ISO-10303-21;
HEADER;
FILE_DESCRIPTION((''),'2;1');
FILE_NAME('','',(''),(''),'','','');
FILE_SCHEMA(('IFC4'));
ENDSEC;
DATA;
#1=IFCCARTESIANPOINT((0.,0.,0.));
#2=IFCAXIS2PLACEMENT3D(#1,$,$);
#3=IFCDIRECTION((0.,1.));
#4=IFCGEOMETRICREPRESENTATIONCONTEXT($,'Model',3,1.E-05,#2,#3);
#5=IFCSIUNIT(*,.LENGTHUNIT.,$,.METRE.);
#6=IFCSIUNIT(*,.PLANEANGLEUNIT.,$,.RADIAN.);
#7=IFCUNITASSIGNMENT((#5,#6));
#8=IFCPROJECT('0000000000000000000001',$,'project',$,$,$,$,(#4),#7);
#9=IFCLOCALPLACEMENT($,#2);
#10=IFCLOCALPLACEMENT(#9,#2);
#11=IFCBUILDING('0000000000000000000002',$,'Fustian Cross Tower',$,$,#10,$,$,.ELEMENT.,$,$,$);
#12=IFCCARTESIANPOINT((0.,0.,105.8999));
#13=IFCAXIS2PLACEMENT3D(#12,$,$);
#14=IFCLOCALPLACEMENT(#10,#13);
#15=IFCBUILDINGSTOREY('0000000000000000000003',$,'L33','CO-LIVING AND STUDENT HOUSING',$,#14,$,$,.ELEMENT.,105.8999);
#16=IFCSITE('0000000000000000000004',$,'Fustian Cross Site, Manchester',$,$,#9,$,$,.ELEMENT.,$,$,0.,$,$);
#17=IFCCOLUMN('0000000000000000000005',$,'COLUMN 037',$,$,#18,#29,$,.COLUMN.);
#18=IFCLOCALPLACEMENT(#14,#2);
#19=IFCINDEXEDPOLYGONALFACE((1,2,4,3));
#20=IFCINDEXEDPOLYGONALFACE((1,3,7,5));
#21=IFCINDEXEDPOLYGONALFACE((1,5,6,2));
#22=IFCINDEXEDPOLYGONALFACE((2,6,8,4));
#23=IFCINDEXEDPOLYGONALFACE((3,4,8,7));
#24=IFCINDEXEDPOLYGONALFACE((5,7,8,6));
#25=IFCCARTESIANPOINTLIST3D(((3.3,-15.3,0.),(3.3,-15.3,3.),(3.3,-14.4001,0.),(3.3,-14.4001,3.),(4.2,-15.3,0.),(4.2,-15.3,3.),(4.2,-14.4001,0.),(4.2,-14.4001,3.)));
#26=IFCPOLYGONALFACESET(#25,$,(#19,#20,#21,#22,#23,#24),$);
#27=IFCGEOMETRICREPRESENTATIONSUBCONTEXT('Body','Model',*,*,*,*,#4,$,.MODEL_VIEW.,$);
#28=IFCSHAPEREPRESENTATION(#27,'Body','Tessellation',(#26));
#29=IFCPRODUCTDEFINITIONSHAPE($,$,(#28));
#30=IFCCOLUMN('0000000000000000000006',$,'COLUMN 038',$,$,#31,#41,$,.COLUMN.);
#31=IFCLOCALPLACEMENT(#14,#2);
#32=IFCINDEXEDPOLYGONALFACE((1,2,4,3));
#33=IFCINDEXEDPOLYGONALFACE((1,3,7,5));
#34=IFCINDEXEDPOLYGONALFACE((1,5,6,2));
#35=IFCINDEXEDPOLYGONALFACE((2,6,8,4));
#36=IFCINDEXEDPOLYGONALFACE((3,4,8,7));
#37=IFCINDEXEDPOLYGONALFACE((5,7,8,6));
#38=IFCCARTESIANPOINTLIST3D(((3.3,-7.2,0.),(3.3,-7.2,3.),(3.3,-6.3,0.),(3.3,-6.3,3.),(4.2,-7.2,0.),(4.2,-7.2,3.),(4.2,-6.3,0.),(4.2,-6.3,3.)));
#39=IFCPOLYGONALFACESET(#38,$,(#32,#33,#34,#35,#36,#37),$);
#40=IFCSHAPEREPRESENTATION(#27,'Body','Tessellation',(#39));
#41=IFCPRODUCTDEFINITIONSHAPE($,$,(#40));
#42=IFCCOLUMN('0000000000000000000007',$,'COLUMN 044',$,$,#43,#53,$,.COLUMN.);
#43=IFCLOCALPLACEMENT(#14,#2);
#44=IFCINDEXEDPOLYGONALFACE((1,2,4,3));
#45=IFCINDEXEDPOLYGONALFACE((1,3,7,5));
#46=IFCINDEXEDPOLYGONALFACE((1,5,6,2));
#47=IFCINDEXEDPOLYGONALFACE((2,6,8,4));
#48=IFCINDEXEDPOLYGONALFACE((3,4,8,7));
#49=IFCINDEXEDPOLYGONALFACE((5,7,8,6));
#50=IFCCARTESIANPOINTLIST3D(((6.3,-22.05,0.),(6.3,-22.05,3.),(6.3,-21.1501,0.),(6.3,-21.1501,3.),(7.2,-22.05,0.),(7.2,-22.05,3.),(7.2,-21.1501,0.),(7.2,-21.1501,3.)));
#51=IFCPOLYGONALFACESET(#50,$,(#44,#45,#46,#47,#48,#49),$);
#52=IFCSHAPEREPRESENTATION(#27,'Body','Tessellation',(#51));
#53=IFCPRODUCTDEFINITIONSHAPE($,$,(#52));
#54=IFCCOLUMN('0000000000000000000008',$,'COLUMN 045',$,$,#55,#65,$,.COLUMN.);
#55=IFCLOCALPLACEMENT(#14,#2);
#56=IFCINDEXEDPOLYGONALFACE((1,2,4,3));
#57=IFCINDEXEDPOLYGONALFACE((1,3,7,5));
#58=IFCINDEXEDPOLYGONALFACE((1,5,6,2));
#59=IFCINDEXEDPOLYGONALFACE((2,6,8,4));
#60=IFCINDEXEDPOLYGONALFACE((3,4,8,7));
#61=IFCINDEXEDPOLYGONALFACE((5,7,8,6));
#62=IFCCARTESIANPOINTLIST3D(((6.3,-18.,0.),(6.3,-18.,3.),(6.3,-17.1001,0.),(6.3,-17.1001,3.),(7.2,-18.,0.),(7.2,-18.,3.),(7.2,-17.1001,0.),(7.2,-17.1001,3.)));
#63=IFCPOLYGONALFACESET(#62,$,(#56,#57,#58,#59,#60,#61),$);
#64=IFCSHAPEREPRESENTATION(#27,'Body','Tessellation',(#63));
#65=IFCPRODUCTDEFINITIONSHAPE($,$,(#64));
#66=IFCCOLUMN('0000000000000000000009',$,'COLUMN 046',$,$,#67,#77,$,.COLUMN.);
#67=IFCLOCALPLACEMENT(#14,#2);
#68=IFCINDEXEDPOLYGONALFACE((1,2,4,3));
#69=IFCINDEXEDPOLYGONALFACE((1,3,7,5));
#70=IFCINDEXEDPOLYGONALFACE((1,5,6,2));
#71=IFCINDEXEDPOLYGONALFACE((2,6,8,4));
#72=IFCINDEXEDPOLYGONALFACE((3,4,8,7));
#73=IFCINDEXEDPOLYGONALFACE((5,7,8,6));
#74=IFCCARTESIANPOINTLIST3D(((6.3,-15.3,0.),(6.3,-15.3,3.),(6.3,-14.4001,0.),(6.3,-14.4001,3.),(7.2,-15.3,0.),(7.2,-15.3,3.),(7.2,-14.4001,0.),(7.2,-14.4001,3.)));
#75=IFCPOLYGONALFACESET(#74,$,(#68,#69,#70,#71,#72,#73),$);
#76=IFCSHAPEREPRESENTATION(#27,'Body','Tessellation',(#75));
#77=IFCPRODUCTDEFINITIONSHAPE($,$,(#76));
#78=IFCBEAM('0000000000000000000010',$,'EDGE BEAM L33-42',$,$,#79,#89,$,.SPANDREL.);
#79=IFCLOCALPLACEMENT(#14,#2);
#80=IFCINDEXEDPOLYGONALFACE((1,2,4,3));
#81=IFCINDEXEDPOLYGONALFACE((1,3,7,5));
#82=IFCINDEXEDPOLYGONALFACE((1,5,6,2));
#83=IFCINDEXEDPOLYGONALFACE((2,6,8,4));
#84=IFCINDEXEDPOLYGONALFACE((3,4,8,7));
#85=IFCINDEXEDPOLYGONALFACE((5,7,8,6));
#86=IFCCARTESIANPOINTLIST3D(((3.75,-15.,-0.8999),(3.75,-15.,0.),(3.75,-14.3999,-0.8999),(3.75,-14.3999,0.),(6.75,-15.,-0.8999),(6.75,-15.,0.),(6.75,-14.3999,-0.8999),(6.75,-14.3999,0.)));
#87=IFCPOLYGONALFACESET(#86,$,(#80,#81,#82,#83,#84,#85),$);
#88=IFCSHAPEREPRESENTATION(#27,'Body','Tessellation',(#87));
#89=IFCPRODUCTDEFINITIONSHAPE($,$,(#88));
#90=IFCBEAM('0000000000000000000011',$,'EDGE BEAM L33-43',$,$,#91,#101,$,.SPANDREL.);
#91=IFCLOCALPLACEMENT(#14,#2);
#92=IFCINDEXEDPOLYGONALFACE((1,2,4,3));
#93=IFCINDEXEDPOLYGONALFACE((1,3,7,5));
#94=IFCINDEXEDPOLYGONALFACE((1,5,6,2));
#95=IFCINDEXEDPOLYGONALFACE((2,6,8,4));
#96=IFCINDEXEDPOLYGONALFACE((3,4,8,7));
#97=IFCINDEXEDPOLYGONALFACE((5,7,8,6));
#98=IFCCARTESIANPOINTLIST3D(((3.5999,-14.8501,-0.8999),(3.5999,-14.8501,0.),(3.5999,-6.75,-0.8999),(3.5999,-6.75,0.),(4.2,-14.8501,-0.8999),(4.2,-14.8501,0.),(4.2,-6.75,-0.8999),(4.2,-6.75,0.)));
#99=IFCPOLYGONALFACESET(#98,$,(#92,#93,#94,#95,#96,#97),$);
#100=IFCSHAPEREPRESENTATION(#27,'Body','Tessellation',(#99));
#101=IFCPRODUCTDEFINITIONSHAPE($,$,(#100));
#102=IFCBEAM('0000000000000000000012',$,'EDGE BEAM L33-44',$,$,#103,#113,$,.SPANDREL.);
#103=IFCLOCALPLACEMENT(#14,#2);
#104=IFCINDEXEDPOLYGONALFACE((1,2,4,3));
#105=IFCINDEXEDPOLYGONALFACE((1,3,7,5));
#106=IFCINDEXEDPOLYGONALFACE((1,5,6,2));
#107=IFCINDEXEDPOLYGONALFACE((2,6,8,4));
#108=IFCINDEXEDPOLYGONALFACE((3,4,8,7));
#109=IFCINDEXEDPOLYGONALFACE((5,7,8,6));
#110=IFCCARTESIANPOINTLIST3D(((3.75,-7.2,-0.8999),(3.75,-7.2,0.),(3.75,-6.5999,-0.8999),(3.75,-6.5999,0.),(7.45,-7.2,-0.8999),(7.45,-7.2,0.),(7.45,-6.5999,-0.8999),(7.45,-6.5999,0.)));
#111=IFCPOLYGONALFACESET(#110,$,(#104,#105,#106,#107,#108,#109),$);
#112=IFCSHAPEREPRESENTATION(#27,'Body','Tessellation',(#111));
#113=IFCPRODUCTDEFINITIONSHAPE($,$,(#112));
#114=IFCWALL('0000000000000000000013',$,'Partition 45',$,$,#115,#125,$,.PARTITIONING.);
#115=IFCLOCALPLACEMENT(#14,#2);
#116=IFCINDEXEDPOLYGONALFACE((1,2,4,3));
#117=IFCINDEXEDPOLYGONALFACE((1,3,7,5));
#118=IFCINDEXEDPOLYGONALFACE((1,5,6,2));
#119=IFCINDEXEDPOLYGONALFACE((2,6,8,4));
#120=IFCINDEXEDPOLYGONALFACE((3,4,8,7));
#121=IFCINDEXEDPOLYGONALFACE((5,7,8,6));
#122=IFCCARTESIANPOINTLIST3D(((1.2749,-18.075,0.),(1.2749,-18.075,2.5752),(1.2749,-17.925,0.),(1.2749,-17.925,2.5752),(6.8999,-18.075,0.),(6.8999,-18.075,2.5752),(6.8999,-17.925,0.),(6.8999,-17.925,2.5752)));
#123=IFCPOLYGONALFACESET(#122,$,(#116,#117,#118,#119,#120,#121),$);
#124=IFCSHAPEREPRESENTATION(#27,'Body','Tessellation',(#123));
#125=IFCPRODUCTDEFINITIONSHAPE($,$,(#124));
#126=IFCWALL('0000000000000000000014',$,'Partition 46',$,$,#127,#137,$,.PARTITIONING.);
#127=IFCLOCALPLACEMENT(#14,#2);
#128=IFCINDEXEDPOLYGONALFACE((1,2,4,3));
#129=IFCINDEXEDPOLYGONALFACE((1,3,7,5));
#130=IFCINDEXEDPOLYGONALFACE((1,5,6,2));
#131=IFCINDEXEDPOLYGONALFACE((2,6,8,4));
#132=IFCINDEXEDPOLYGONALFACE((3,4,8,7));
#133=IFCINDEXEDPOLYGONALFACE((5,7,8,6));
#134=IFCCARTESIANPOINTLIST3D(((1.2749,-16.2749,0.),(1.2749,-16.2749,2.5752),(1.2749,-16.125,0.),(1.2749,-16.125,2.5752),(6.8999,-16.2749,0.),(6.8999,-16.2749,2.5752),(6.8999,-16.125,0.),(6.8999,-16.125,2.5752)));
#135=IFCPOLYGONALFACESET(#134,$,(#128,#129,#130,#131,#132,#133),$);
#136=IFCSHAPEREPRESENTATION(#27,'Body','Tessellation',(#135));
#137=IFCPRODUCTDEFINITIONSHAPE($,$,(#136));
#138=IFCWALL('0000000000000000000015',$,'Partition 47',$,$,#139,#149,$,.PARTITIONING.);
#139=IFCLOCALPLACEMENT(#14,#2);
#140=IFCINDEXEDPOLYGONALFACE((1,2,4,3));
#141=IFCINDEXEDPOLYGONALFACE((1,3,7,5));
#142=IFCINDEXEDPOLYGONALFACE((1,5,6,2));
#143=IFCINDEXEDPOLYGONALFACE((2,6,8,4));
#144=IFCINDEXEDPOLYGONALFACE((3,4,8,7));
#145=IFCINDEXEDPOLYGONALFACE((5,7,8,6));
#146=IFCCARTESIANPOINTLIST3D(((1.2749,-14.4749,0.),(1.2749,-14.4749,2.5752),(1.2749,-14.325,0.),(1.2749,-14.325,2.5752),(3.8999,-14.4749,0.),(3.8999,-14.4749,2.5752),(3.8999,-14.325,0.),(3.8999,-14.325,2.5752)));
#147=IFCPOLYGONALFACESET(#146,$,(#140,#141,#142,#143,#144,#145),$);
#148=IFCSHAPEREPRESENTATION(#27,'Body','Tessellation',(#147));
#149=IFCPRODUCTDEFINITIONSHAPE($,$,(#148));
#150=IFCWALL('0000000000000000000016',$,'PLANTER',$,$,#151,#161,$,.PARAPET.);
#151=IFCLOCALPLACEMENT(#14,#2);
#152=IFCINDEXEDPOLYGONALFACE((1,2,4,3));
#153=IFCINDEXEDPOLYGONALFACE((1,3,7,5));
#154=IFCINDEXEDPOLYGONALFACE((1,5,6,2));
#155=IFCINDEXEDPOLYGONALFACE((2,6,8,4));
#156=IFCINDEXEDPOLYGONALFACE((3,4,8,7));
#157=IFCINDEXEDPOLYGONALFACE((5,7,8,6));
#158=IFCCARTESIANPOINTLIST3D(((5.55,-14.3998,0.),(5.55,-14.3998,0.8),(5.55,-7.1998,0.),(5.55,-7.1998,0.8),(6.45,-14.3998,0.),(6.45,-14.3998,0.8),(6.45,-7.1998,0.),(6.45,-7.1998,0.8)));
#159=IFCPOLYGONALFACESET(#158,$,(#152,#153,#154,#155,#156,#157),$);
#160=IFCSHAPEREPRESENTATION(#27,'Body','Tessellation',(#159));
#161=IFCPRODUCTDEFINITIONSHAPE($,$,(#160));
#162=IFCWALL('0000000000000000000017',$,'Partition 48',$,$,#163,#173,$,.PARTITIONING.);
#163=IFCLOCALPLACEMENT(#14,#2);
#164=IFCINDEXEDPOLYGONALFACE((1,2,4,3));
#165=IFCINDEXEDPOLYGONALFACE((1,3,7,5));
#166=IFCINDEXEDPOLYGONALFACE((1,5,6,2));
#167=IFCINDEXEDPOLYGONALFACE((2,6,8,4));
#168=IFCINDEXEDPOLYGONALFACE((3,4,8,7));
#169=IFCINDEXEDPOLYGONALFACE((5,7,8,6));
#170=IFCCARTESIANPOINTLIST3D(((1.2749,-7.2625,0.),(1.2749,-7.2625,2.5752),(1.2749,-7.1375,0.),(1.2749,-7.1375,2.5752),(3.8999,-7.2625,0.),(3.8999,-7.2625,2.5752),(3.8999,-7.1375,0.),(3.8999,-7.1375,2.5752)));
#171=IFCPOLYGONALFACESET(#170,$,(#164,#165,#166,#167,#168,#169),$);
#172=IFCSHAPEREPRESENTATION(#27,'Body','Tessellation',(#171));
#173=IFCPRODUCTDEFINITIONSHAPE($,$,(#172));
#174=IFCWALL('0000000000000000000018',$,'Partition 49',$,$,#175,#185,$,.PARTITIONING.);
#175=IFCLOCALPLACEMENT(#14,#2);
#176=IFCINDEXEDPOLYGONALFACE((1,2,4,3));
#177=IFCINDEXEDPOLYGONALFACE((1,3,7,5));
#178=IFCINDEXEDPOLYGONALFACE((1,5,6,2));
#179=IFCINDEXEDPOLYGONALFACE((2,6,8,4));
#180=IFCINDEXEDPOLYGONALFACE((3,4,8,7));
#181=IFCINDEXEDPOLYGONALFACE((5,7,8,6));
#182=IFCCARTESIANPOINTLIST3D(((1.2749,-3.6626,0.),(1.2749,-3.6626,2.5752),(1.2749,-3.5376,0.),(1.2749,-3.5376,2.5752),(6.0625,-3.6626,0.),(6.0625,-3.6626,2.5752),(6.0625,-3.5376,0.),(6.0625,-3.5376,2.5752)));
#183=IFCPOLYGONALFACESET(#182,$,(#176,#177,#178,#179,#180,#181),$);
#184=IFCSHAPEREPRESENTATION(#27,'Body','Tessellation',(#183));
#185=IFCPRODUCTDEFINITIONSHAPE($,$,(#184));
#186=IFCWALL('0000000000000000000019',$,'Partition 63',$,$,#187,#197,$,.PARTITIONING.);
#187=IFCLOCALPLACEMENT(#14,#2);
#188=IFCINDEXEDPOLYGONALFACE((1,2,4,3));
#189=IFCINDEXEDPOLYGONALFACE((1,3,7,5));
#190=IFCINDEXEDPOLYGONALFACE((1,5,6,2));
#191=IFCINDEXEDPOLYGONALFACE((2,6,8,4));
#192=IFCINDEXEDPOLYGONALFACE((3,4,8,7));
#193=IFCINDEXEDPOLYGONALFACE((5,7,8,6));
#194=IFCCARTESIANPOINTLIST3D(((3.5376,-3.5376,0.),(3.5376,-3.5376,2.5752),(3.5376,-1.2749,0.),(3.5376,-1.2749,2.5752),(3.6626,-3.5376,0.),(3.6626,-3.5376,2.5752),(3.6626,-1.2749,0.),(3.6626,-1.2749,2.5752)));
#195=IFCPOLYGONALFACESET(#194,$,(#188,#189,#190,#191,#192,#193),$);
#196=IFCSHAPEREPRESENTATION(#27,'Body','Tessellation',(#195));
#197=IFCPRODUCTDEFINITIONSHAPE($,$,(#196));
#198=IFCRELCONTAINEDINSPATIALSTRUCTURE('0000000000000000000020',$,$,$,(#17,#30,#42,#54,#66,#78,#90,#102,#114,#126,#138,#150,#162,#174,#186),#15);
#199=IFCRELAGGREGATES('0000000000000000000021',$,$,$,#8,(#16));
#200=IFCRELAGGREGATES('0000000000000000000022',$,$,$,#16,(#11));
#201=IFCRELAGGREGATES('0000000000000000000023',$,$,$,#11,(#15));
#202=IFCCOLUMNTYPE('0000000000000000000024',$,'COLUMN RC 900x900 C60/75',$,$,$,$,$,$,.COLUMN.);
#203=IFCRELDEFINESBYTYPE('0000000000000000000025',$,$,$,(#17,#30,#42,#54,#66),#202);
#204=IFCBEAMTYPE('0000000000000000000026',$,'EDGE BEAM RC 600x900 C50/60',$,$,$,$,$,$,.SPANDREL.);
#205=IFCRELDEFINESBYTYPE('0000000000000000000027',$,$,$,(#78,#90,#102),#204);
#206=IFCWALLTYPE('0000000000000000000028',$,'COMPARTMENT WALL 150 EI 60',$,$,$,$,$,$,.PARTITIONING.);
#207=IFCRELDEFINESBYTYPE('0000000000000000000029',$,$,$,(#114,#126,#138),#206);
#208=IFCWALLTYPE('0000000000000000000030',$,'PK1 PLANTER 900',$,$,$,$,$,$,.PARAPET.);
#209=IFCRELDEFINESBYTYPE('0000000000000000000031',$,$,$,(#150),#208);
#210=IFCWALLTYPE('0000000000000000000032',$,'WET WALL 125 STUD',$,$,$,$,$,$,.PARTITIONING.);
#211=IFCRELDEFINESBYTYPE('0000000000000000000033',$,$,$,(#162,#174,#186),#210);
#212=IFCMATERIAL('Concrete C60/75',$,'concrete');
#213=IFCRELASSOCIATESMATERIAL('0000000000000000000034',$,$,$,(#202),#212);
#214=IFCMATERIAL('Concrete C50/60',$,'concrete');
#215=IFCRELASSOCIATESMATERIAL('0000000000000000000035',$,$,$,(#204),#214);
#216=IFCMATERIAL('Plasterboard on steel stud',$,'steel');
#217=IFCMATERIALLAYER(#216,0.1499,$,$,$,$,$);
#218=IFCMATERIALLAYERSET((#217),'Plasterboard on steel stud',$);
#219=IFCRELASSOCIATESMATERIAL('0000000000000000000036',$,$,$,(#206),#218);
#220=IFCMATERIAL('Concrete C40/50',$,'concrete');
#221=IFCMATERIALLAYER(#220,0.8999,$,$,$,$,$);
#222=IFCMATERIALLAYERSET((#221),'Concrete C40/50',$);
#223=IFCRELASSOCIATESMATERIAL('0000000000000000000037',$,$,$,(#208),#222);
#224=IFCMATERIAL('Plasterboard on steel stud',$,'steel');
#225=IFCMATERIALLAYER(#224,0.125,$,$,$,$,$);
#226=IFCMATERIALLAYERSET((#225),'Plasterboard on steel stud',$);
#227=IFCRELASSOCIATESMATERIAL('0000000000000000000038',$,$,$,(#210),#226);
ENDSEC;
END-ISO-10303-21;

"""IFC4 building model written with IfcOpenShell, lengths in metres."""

from ifc_helpers import new_model, si_unit, direction, frame, frame_2d, origin, origin_2d, place, context, subcontext, project, spatial, rectangle, extrude, material, layer, layer_set, material_profile, profile_set, type_object, element, save


model = new_model("IFC4")

# Units and contexts
model_context = context("Model", 3, precision=1e-05, world=origin(), true_north=direction((0.0, 1.0)))
body_context = subcontext(model_context, "Body", "Model", "MODEL_VIEW")
ifc_project = project(units=[si_unit("LENGTHUNIT", "METRE"), si_unit("PLANEANGLEUNIT", "RADIAN")], contexts=[model_context])

# Site, building, storey
site_placement = place(None, origin())
site = spatial("IfcSite", under=ifc_project, at=site_placement, Name="Fustian Cross Site, Manchester", CompositionType="ELEMENT", RefElevation=0.0)
building_placement = place(site_placement, origin())
building = spatial("IfcBuilding", under=site, at=building_placement, Name="Fustian Cross Tower", CompositionType="ELEMENT")
storey_placement = place(building_placement, frame((0.0, 0.0, 105.8999)))
storey = spatial("IfcBuildingStorey", under=building, at=storey_placement, Name="L33", Description="CO-LIVING AND STUDENT HOUSING", CompositionType="ELEMENT", Elevation=105.8999)

# Columns
ifc_material_1 = material(Name="Concrete C60/75", Category="concrete")
ifc_material_profile_1 = material_profile(ifc_material_1, rectangle(XDim=0.8999, YDim=0.8999, at=origin_2d()), Name="RC 900x900")
ifc_profile_set_1 = profile_set([ifc_material_profile_1], Name="Concrete C60/75")
column_type = type_object("IfcColumnType", Name="COLUMN RC 900x900 C60/75", PredefinedType="COLUMN", material=ifc_profile_set_1)
for number, where, z_axis, x_axis, name in (
    (1, (3.75, -14.8501, 0.0), (0.0, 0.0, 1.0), (1.0, 0.0, 0.0), "COLUMN 037"),
    (2, (3.75, -6.75, 0.0), (0.0, 0.0, 1.0), (1.0, 0.0, 0.0), "COLUMN 038"),
    (3, (6.75, -21.6001, 0.0), (0.0, 0.0, 1.0), (1.0, 0.0, 0.0), "COLUMN 044"),
    (4, (6.75, -17.55, 0.0), (0.0, 0.0, 1.0), (1.0, 0.0, 0.0), "COLUMN 045"),
    (5, (6.75, -14.8501, 0.0), (0.0, 0.0, 1.0), (1.0, 0.0, 0.0), "COLUMN 046"),
):
    element("IfcColumn", number, at=place(storey_placement, frame(where, z_axis=z_axis, x_axis=x_axis)), inside=storey, type_object=column_type, Name=name, PredefinedType="COLUMN", context=body_context, shape_type="SweptSolid", body=[
        extrude(rectangle(XDim=0.8999, YDim=0.8999, at=origin_2d()), origin(), (0.0, 0.0, 1.0), 3.0),
    ])

# Beams
ifc_material_2 = material(Name="Concrete C50/60", Category="concrete")
ifc_material_profile_2 = material_profile(ifc_material_2, rectangle(XDim=0.6001, YDim=0.8999, at=origin_2d()), Name="RC 600x900")
ifc_profile_set_2 = profile_set([ifc_material_profile_2], Name="Concrete C50/60")
beam_type = type_object("IfcBeamType", Name="EDGE BEAM RC 600x900 C50/60", PredefinedType="SPANDREL", material=ifc_profile_set_2)
beam_1_placement = place(storey_placement, frame((6.75, -14.7, -0.45), z_axis=(-1.0, 0.0, 0.0), x_axis=(0.0, -1.0, 0.0)))
element("IfcBeam", 6, at=beam_1_placement, inside=storey, type_object=beam_type, Name="EDGE BEAM L33-42", PredefinedType="SPANDREL", context=body_context, shape_type="SweptSolid", body=[
    extrude(rectangle(XDim=0.6001, YDim=0.8999, at=origin_2d()), origin(), (0.0, 0.0, 1.0), 3.0),
])
beam_2_placement = place(storey_placement, frame((3.8999, -14.8501, -0.45), z_axis=(0.0, 1.0, 0.0), x_axis=(-1.0, 0.0, 0.0)))
element("IfcBeam", 7, at=beam_2_placement, inside=storey, type_object=beam_type, Name="EDGE BEAM L33-43", PredefinedType="SPANDREL", context=body_context, shape_type="SweptSolid", body=[
    extrude(rectangle(XDim=0.6001, YDim=0.8999, at=origin_2d()), origin(), (0.0, 0.0, 1.0), 8.1001),
])
beam_3_placement = place(storey_placement, frame((3.75, -6.8999, -0.45), z_axis=(1.0, 0.0, 0.0), x_axis=(0.0, 1.0, 0.0)))
element("IfcBeam", 8, at=beam_3_placement, inside=storey, type_object=beam_type, Name="EDGE BEAM L33-44", PredefinedType="SPANDREL", context=body_context, shape_type="SweptSolid", body=[
    extrude(rectangle(XDim=0.6001, YDim=0.8999, at=origin_2d()), origin(), (0.0, 0.0, 1.0), 3.7),
])

# Walls
ifc_material_3 = material(Name="Plasterboard on steel stud", Category="steel")
ifc_layer_1 = layer(ifc_material_3, 0.1499)
ifc_layer_set_1 = layer_set([ifc_layer_1], Name="Plasterboard on steel stud")
wall_type_1 = type_object("IfcWallType", Name="COMPARTMENT WALL 150 EI 60", PredefinedType="PARTITIONING", material=ifc_layer_set_1)
for number, where, z_axis, x_axis, name in (
    (9, (1.2749, -18.0, 0.0), (0.0, 0.0, 1.0), (1.0, 0.0, 0.0), "Partition 45"),
    (10, (1.2749, -16.2, 0.0), (0.0, 0.0, 1.0), (1.0, 0.0, 0.0), "Partition 46"),
):
    element("IfcWall", number, at=place(storey_placement, frame(where, z_axis=z_axis, x_axis=x_axis)), inside=storey, type_object=wall_type_1, Name=name, PredefinedType="PARTITIONING", context=body_context, shape_type="SweptSolid", body=[
        extrude(rectangle(XDim=5.625, YDim=0.1499, at=frame_2d((2.8125, 0.0))), origin(), (0.0, 0.0, 1.0), 2.5752),
    ])
wall_1_placement = place(storey_placement, frame((1.2749, -14.3999, 0.0), z_axis=(0.0, 0.0, 1.0), x_axis=(1.0, 0.0, 0.0)))
element("IfcWall", 11, at=wall_1_placement, inside=storey, type_object=wall_type_1, Name="Partition 47", PredefinedType="PARTITIONING", context=body_context, shape_type="SweptSolid", body=[
    extrude(rectangle(XDim=2.625, YDim=0.1499, at=frame_2d((1.3125, 0.0))), origin(), (0.0, 0.0, 1.0), 2.5752),
])
ifc_material_4 = material(Name="Concrete C40/50", Category="concrete")
ifc_layer_2 = layer(ifc_material_4, 0.8999)
ifc_layer_set_2 = layer_set([ifc_layer_2], Name="Concrete C40/50")
wall_type_2 = type_object("IfcWallType", Name="PK1 PLANTER 900", PredefinedType="PARAPET", material=ifc_layer_set_2)
wall_2_placement = place(storey_placement, frame((6.0, -14.3999, 0.0), z_axis=(0.0, 0.0, 1.0), x_axis=(0.0, 1.0, 0.0)))
element("IfcWall", 12, at=wall_2_placement, inside=storey, type_object=wall_type_2, Name="PLANTER", PredefinedType="PARAPET", context=body_context, shape_type="SweptSolid", body=[
    extrude(rectangle(XDim=7.2, YDim=0.8999, at=frame_2d((3.6001, 0.0))), origin(), (0.0, 0.0, 1.0), 0.8),
])
ifc_material_5 = material(Name="Plasterboard on steel stud", Category="steel")
ifc_layer_3 = layer(ifc_material_5, 0.125)
ifc_layer_set_3 = layer_set([ifc_layer_3], Name="Plasterboard on steel stud")
wall_type_3 = type_object("IfcWallType", Name="WET WALL 125 STUD", PredefinedType="PARTITIONING", material=ifc_layer_set_3)
wall_3_placement = place(storey_placement, frame((1.2749, -7.2, 0.0), z_axis=(0.0, 0.0, 1.0), x_axis=(1.0, 0.0, 0.0)))
element("IfcWall", 13, at=wall_3_placement, inside=storey, type_object=wall_type_3, Name="Partition 48", PredefinedType="PARTITIONING", context=body_context, shape_type="SweptSolid", body=[
    extrude(rectangle(XDim=2.625, YDim=0.125, at=frame_2d((1.3125, 0.0))), origin(), (0.0, 0.0, 1.0), 2.5752),
])
wall_4_placement = place(storey_placement, frame((1.2749, -3.6001, 0.0), z_axis=(0.0, 0.0, 1.0), x_axis=(1.0, 0.0, 0.0)))
element("IfcWall", 14, at=wall_4_placement, inside=storey, type_object=wall_type_3, Name="Partition 49", PredefinedType="PARTITIONING", context=body_context, shape_type="SweptSolid", body=[
    extrude(rectangle(XDim=4.7876, YDim=0.125, at=frame_2d((2.3938, 0.0))), origin(), (0.0, 0.0, 1.0), 2.5752),
])
for number, where, z_axis, x_axis, name in (
    (15, (3.6001, -3.5376, 0.0), (0.0, 0.0, 1.0), (0.0, 1.0, 0.0), "Partition 63"),
):
    element("IfcWall", number, at=place(storey_placement, frame(where, z_axis=z_axis, x_axis=x_axis)), inside=storey, type_object=wall_type_3, Name=name, PredefinedType="PARTITIONING", context=body_context, shape_type="SweptSolid", body=[
        extrude(rectangle(XDim=2.2627, YDim=0.125, at=frame_2d((1.1313, 0.0))), origin(), (0.0, 0.0, 1.0), 2.5752),
    ])

save(model, "model.ifc")
